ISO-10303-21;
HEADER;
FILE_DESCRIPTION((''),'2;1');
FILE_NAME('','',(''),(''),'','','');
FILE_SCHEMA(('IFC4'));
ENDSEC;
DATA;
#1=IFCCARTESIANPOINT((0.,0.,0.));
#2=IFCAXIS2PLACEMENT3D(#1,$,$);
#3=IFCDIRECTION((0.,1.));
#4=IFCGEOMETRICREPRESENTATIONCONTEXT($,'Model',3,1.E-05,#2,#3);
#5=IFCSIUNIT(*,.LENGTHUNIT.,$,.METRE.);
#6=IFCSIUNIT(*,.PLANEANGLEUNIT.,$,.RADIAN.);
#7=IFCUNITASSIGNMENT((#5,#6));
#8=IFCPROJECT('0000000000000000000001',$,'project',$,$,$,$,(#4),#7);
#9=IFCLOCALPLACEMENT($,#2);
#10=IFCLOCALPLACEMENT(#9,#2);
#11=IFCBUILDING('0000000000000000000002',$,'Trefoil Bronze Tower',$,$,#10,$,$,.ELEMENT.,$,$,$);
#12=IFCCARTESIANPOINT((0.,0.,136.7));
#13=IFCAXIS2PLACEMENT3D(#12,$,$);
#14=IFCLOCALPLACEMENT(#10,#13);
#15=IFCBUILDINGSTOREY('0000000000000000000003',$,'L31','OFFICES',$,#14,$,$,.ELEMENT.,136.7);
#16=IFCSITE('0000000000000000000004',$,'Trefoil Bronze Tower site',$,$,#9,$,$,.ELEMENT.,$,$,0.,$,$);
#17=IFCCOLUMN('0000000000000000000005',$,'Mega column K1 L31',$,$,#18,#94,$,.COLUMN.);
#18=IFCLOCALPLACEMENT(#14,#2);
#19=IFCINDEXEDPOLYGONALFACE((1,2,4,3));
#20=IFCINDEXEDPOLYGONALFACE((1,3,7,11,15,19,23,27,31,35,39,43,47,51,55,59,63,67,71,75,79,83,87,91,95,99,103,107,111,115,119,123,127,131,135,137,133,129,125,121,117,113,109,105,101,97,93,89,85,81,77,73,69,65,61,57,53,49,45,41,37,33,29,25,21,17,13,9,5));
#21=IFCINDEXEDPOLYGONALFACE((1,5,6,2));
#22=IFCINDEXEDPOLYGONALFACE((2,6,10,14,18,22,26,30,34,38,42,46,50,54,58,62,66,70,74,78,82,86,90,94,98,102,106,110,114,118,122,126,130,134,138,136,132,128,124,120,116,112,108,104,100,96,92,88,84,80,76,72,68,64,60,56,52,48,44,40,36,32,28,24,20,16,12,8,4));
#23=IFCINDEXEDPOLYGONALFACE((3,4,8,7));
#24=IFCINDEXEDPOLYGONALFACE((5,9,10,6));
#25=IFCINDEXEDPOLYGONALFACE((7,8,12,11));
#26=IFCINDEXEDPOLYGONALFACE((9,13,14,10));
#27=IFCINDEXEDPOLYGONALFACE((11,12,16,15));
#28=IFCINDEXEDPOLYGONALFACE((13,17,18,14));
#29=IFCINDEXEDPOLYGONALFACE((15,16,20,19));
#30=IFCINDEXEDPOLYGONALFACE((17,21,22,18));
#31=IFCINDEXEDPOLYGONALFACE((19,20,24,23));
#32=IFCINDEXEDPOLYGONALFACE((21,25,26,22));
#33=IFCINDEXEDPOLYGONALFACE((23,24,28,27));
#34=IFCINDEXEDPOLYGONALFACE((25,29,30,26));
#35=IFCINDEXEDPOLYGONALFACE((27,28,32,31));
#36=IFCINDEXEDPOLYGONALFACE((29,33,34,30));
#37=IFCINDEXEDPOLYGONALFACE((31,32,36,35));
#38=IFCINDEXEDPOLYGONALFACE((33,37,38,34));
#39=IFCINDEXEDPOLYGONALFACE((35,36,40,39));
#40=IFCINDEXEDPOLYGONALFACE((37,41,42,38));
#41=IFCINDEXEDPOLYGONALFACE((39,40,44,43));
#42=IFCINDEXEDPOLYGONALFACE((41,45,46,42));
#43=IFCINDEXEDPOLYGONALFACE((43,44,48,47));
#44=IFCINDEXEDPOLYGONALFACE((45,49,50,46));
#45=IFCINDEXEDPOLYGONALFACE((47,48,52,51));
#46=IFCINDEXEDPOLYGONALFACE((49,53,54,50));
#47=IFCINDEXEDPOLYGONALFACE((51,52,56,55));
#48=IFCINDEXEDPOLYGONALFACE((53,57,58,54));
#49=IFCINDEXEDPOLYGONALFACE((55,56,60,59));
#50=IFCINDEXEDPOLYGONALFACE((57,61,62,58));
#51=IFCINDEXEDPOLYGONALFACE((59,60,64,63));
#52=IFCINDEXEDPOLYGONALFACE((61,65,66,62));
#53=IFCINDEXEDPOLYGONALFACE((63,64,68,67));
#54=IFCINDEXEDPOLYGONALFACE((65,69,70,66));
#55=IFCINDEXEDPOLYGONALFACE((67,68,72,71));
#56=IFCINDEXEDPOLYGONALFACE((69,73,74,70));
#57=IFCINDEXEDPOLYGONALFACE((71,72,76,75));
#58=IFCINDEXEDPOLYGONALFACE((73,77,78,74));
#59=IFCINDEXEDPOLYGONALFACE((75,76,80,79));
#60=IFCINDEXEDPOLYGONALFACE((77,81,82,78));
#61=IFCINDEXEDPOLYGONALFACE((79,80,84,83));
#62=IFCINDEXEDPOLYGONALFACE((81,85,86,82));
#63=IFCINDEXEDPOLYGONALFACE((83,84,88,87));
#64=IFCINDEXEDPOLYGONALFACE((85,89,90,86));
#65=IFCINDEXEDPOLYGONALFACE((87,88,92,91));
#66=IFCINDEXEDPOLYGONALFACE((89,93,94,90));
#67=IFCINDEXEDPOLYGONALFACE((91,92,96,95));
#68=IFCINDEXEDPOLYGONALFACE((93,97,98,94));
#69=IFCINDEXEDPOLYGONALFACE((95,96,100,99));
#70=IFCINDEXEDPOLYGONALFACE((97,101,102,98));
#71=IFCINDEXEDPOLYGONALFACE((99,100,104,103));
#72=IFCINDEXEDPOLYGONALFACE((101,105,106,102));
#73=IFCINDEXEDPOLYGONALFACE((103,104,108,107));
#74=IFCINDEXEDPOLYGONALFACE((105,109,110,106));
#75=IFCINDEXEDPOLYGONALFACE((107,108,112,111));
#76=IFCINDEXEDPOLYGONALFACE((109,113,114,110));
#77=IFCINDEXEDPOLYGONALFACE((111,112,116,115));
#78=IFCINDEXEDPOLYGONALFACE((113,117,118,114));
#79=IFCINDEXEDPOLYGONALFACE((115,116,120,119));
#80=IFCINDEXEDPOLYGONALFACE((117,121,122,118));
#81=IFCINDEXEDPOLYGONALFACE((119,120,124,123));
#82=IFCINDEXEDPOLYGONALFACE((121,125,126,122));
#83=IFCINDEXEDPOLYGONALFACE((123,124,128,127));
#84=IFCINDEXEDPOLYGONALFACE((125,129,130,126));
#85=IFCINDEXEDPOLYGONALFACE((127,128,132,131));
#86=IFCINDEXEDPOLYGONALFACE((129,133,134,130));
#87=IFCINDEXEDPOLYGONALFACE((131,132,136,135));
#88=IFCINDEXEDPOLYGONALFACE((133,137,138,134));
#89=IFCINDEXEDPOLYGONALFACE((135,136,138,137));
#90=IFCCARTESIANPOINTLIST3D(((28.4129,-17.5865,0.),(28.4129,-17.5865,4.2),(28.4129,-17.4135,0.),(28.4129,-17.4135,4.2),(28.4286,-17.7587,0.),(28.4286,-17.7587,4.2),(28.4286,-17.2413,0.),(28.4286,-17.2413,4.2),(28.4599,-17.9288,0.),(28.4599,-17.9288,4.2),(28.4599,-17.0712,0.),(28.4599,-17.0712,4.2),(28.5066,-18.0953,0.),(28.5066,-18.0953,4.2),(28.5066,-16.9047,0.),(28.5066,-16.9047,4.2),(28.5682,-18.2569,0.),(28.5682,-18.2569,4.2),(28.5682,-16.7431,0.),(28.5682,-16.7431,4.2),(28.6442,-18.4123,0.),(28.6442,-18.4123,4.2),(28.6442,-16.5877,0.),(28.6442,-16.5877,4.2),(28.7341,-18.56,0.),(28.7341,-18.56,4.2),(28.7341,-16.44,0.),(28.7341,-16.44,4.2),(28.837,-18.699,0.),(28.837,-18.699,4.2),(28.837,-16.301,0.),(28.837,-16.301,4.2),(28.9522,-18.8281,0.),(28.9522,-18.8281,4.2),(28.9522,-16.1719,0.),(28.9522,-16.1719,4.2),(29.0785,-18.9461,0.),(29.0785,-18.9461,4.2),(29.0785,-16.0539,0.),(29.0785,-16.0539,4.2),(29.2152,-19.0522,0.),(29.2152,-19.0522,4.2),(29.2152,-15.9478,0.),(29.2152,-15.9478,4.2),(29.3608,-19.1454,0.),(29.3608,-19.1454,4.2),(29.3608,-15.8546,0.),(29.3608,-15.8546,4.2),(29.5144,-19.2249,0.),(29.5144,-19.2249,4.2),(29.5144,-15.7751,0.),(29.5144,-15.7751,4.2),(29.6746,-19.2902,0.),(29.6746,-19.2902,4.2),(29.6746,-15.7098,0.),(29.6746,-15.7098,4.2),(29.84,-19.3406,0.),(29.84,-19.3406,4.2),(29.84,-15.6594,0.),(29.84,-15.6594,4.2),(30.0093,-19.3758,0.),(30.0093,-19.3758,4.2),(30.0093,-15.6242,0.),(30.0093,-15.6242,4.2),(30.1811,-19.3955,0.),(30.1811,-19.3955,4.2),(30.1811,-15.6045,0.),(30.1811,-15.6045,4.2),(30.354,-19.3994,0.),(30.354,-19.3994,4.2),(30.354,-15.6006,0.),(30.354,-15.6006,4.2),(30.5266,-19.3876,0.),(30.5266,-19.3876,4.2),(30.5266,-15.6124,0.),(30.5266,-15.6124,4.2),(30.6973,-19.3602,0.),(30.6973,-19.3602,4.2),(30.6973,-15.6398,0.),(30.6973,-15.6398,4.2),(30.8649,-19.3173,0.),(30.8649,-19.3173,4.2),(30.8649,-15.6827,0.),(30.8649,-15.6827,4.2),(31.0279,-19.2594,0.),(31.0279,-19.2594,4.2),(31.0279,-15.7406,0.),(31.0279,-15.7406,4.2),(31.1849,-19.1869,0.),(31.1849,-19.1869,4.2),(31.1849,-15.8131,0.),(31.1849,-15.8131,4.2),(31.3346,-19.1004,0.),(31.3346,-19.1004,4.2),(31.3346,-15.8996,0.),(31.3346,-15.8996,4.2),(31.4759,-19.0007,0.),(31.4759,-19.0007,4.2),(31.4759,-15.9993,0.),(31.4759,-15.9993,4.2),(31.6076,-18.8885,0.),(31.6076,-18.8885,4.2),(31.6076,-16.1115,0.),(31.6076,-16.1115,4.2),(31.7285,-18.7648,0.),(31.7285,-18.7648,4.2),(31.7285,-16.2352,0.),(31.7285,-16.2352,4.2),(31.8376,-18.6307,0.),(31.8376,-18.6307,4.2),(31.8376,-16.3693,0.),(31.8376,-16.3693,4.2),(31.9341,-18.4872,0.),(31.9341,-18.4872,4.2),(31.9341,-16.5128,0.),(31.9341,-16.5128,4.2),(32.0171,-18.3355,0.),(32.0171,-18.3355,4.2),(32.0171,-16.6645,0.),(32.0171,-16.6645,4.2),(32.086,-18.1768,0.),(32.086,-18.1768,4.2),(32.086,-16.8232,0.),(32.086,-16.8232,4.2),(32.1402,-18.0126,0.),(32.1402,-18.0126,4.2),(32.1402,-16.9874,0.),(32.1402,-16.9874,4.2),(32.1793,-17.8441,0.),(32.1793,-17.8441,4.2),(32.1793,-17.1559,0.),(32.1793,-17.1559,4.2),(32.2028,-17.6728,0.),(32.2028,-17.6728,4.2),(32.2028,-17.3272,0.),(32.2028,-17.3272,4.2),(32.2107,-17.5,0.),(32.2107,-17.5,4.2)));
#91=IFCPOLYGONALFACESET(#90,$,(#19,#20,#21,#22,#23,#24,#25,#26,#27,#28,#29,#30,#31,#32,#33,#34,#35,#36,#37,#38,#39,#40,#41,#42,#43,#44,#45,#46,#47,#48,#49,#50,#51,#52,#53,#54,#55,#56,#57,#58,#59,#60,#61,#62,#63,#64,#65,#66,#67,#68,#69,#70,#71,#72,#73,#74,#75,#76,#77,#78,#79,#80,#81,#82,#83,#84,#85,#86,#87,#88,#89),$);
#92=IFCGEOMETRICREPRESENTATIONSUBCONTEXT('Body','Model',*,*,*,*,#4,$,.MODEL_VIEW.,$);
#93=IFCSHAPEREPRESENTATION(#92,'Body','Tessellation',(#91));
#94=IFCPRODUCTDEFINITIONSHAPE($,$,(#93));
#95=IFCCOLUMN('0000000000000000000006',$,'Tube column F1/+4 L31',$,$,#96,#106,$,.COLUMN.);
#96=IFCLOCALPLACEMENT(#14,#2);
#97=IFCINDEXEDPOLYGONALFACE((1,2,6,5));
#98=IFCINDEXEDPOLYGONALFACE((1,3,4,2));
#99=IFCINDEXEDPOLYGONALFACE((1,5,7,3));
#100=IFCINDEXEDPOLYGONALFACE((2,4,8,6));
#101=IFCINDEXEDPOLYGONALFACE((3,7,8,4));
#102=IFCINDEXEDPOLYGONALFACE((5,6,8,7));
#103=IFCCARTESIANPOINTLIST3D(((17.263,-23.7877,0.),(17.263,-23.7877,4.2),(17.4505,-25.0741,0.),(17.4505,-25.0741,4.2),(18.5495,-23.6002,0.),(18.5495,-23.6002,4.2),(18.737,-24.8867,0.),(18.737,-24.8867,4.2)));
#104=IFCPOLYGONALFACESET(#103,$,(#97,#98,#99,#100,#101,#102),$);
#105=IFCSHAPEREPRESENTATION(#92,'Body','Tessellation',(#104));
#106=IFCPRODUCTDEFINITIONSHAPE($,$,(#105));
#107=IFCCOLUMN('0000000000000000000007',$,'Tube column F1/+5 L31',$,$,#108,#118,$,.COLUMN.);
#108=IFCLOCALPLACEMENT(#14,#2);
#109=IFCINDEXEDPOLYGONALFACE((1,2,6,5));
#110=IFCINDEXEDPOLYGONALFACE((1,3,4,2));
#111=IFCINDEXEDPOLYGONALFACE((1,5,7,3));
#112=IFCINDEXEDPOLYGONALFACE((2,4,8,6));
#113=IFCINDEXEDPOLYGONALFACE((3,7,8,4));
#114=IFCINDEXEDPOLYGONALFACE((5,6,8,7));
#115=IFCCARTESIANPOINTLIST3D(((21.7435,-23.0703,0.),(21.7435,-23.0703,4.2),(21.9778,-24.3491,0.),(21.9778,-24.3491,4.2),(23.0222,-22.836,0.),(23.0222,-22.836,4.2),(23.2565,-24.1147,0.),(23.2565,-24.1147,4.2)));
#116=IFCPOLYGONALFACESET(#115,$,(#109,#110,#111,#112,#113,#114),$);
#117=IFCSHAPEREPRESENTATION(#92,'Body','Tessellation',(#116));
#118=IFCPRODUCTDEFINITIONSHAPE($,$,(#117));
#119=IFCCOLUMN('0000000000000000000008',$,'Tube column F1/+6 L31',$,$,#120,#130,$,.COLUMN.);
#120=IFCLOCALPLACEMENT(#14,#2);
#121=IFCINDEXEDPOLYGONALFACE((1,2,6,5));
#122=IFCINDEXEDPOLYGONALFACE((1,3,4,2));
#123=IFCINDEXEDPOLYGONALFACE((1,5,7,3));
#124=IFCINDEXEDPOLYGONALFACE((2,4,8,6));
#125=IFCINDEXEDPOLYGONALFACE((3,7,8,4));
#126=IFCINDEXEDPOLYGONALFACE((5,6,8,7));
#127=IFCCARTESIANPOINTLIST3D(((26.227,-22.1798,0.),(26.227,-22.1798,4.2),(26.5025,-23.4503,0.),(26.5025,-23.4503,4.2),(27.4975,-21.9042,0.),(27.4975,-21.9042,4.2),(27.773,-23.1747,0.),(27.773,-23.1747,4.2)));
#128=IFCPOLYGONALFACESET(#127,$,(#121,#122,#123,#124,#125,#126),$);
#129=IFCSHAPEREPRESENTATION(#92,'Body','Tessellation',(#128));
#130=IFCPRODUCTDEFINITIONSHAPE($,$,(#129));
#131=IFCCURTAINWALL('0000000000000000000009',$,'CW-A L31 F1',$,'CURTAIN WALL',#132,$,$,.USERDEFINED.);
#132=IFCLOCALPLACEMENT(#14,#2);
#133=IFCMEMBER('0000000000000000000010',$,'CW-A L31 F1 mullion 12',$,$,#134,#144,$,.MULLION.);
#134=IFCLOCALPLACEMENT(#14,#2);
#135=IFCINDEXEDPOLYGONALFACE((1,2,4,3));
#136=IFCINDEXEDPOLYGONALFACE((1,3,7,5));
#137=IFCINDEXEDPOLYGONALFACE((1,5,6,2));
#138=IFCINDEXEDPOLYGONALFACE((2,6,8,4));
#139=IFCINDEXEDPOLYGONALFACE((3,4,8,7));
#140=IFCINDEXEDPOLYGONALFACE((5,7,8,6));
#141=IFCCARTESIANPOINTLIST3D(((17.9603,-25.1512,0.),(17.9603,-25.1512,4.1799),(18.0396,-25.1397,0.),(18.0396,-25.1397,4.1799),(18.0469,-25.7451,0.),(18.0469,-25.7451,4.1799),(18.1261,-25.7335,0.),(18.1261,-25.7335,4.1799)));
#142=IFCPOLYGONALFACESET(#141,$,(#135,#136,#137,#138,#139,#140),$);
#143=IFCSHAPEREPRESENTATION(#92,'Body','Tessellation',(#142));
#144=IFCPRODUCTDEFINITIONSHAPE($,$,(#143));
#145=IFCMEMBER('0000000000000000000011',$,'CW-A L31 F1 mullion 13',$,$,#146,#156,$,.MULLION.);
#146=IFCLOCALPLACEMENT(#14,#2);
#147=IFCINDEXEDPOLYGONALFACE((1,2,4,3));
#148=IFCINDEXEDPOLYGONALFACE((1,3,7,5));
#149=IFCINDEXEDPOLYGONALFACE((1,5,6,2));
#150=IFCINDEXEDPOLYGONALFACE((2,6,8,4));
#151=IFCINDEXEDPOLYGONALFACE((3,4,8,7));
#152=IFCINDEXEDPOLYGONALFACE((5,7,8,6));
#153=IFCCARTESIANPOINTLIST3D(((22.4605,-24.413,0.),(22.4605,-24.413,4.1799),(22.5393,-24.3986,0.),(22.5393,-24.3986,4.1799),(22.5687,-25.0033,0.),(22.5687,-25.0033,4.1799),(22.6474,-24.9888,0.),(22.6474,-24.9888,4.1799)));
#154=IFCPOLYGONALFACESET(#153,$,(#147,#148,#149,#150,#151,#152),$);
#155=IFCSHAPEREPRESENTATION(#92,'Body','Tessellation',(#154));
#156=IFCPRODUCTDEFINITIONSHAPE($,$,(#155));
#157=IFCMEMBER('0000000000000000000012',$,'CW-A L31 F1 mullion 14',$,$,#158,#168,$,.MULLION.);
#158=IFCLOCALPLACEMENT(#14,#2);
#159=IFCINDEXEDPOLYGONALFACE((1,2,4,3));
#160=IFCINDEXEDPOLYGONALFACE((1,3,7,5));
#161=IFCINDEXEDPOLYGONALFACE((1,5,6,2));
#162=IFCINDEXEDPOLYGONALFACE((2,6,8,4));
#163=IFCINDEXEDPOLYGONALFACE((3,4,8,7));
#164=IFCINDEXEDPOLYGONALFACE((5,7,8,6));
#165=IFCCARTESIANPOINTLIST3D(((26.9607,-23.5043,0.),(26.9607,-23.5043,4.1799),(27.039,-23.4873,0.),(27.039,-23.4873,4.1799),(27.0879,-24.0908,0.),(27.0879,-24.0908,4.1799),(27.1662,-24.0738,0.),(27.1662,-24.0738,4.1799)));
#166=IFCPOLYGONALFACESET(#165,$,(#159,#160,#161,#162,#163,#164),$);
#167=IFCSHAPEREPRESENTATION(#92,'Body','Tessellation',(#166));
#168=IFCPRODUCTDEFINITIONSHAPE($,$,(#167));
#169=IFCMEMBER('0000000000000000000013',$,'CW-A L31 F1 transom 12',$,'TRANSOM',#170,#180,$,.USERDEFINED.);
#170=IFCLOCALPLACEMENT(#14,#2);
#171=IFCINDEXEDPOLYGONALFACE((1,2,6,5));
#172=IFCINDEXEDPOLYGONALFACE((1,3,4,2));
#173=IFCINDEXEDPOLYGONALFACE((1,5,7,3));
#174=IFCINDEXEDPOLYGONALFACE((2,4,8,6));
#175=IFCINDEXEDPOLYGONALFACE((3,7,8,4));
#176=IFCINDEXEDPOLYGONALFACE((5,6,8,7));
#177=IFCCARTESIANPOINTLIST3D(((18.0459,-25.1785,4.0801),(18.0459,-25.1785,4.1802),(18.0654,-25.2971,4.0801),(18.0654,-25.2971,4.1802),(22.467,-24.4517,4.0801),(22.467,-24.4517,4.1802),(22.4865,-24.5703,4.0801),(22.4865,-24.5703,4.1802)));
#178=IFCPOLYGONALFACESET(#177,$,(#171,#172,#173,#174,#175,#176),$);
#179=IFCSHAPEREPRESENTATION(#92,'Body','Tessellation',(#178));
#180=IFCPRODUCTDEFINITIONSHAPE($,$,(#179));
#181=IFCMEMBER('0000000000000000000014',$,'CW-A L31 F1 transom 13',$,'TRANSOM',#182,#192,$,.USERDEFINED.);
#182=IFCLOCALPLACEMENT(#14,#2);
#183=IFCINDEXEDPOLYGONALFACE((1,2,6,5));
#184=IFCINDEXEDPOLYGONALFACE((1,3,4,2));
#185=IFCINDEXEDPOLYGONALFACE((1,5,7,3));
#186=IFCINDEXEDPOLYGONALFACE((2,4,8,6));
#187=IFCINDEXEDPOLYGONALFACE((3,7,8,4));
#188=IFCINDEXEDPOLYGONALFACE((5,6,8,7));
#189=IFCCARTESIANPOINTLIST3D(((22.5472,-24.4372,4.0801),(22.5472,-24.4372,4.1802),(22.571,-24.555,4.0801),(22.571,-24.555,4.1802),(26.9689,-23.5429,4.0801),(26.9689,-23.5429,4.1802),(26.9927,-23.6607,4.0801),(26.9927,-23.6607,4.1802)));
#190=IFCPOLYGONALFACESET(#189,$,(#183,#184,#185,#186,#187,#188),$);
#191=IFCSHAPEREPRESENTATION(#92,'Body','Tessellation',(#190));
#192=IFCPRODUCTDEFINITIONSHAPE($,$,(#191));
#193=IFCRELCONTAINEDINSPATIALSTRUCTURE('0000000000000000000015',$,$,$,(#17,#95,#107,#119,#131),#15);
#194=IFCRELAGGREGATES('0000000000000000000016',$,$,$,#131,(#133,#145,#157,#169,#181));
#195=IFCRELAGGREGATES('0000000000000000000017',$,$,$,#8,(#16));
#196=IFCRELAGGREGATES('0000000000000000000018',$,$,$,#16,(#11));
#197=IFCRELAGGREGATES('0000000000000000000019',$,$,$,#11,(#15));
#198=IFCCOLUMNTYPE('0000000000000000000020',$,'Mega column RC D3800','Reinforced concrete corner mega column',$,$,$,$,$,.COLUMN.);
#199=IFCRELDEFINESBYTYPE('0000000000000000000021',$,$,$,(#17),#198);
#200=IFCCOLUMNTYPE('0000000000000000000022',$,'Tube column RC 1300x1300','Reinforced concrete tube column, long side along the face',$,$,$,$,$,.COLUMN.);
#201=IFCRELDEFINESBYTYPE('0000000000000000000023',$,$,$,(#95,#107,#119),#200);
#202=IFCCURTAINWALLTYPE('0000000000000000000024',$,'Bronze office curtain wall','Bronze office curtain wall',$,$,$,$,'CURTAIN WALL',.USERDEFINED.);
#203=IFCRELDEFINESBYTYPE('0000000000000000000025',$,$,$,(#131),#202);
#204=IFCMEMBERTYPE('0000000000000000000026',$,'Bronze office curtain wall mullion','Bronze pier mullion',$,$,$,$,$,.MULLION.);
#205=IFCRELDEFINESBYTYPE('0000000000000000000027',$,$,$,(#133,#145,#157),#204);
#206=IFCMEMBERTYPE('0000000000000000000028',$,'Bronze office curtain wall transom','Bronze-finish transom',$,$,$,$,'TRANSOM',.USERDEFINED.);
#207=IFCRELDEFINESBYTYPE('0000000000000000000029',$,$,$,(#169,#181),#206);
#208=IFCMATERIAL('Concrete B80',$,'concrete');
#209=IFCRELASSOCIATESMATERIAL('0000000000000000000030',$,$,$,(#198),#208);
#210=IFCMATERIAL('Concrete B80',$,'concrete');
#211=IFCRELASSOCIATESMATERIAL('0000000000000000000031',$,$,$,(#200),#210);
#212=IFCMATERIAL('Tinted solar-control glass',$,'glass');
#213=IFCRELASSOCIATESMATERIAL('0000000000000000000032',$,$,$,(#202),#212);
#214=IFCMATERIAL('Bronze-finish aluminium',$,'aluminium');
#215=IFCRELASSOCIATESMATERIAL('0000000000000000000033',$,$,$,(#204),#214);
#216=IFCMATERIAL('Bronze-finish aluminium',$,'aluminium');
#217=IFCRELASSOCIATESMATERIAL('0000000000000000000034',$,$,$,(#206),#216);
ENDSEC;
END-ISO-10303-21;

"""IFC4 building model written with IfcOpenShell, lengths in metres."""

from ifc_helpers import new_model, si_unit, direction, frame, origin, origin_2d, place, context, subcontext, project, spatial, rectangle, circle, extrude, material, material_profile, profile_set, type_object, element, aggregate, save


model = new_model("IFC4")

# Units and contexts
model_context = context("Model", 3, precision=1e-05, world=origin(), true_north=direction((0.0, 1.0)))
body_context = subcontext(model_context, "Body", "Model", "MODEL_VIEW")
ifc_project = project(units=[si_unit("LENGTHUNIT", "METRE"), si_unit("PLANEANGLEUNIT", "RADIAN")], contexts=[model_context])

# Site, building, storey
site_placement = place(None, origin())
site = spatial("IfcSite", under=ifc_project, at=site_placement, Name="Trefoil Bronze Tower site", CompositionType="ELEMENT", RefElevation=0.0)
building_placement = place(site_placement, origin())
building = spatial("IfcBuilding", under=site, at=building_placement, Name="Trefoil Bronze Tower", CompositionType="ELEMENT")
storey_placement = place(building_placement, frame((0.0, 0.0, 136.7)))
storey = spatial("IfcBuildingStorey", under=building, at=storey_placement, Name="L31", Description="OFFICES", CompositionType="ELEMENT", Elevation=136.7)

# Columns
ifc_material_1 = material(Name="Concrete B80", Category="concrete")
ifc_material_profile_1 = material_profile(ifc_material_1, circle(Radius=1.8999, at=origin_2d()), Name="RC D3800")
ifc_profile_set_1 = profile_set([ifc_material_profile_1], Name="Concrete B80")
column_type_1 = type_object("IfcColumnType", Name="Mega column RC D3800", Description="Reinforced concrete corner mega column", PredefinedType="COLUMN", material=ifc_profile_set_1)
column_placement = place(storey_placement, frame((30.3108, -17.5, 0.0), z_axis=(0.0, 0.0, 1.0), x_axis=(1.0, 0.0, 0.0)))
element("IfcColumn", 1, at=column_placement, inside=storey, type_object=column_type_1, Name="Mega column K1 L31", PredefinedType="COLUMN", context=body_context, shape_type="SweptSolid", body=[
    extrude(circle(Radius=1.8999, at=origin_2d()), origin(), (0.0, 0.0, 1.0), 4.2),
])
ifc_material_2 = material(Name="Concrete B80", Category="concrete")
ifc_material_profile_2 = material_profile(ifc_material_2, rectangle(XDim=1.3, YDim=1.3, at=origin_2d()), Name="RC 1300x1300")
ifc_profile_set_2 = profile_set([ifc_material_profile_2], Name="Concrete B80")
column_type_2 = type_object("IfcColumnType", Name="Tube column RC 1300x1300", Description="Reinforced concrete tube column, long side along the face", PredefinedType="COLUMN", material=ifc_profile_set_2)
for number, where, z_axis, x_axis, name in (
    (2, (18.0, -24.3372, 0.0), (0.0, 0.0, 1.0), (0.98955, 0.144192, 0.0), "Tube column F1/+4 L31"),
    (3, (22.5, -23.5925, 0.0), (0.0, 0.0, 1.0), (0.983623, 0.180241, 0.0), "Tube column F1/+5 L31"),
    (4, (27.0, -22.6772, 0.0), (0.0, 0.0, 1.0), (0.977276, 0.21197, 0.0), "Tube column F1/+6 L31"),
):
    element("IfcColumn", number, at=place(storey_placement, frame(where, z_axis=z_axis, x_axis=x_axis)), inside=storey, type_object=column_type_2, Name=name, PredefinedType="COLUMN", context=body_context, shape_type="SweptSolid", body=[
        extrude(rectangle(XDim=1.3, YDim=1.3, at=origin_2d()), origin(), (0.0, 0.0, 1.0), 4.2),
    ])

# Curtain wall, members
ifc_material_3 = material(Name="Tinted solar-control glass", Category="glass")
curtain_wall_type_1 = type_object("IfcCurtainWallType", Name="Bronze office curtain wall", Description="Bronze office curtain wall", ElementType="CURTAIN WALL", PredefinedType="USERDEFINED", material=ifc_material_3)
curtain_wall_1_placement = place(storey_placement, origin())
curtain_wall_1 = element("IfcCurtainWall", 5, at=curtain_wall_1_placement, inside=storey, type_object=curtain_wall_type_1, Name="CW-A L31 F1", ObjectType="CURTAIN WALL", PredefinedType="USERDEFINED")
ifc_material_4 = material(Name="Bronze-finish aluminium", Category="aluminium")
ifc_material_profile_3 = material_profile(ifc_material_4, rectangle(XDim=0.6001, YDim=0.0801, at=origin_2d()), Name="CW-A mullion")
ifc_profile_set_3 = profile_set([ifc_material_profile_3], Name="Bronze-finish aluminium")
member_type_1 = type_object("IfcMemberType", Name="Bronze office curtain wall mullion", Description="Bronze pier mullion", PredefinedType="MULLION", material=ifc_profile_set_3)
member_1_placement = place(storey_placement, frame((18.0432, -25.4424, 0.0), z_axis=(0.0, 0.0, 1.0), x_axis=(-0.144192, 0.98955, 0.0)))
member_1 = element("IfcMember", 6, at=member_1_placement, type_object=member_type_1, Name="CW-A L31 F1 mullion 12", PredefinedType="MULLION", context=body_context, shape_type="SweptSolid", body=[
    extrude(rectangle(XDim=0.6001, YDim=0.0801, at=origin_2d()), origin(), (0.0, 0.0, 1.0), 4.1799),
])
member_2_placement = place(storey_placement, frame((22.554, -24.7009, 0.0), z_axis=(0.0, 0.0, 1.0), x_axis=(-0.180241, 0.983623, 0.0)))
member_2 = element("IfcMember", 7, at=member_2_placement, type_object=member_type_1, Name="CW-A L31 F1 mullion 13", PredefinedType="MULLION", context=body_context, shape_type="SweptSolid", body=[
    extrude(rectangle(XDim=0.6001, YDim=0.0801, at=origin_2d()), origin(), (0.0, 0.0, 1.0), 4.1799),
])
member_3_placement = place(storey_placement, frame((27.0635, -23.7891, 0.0), z_axis=(0.0, 0.0, 1.0), x_axis=(-0.21197, 0.977276, 0.0)))
member_3 = element("IfcMember", 8, at=member_3_placement, type_object=member_type_1, Name="CW-A L31 F1 mullion 14", PredefinedType="MULLION", context=body_context, shape_type="SweptSolid", body=[
    extrude(rectangle(XDim=0.6001, YDim=0.0801, at=origin_2d()), origin(), (0.0, 0.0, 1.0), 4.1799),
])
ifc_material_5 = material(Name="Bronze-finish aluminium", Category="aluminium")
ifc_material_profile_4 = material_profile(ifc_material_5, rectangle(XDim=0.1201, YDim=0.1001, at=origin_2d()), Name="CW-A transom")
ifc_profile_set_4 = profile_set([ifc_material_profile_4], Name="Bronze-finish aluminium")
member_type_2 = type_object("IfcMemberType", Name="Bronze office curtain wall transom", Description="Bronze-finish transom", ElementType="TRANSOM", PredefinedType="USERDEFINED", material=ifc_profile_set_4)
member_4_placement = place(storey_placement, frame((18.0557, -25.2378, 4.1301), z_axis=(0.986755, 0.162216, 0.0), x_axis=(-0.162216, 0.986755, 0.0)))
member_4 = element("IfcMember", 9, at=member_4_placement, type_object=member_type_2, Name="CW-A L31 F1 transom 12", ObjectType="TRANSOM", PredefinedType="USERDEFINED", context=body_context, shape_type="SweptSolid", body=[
    extrude(rectangle(XDim=0.1201, YDim=0.1001, at=origin_2d()), origin(), (0.0, 0.0, 1.0), 4.4805),
])
member_5_placement = place(storey_placement, frame((22.5591, -24.4961, 4.1301), z_axis=(0.980154, 0.198239, 0.0), x_axis=(-0.198239, 0.980154, 0.0)))
member_5 = element("IfcMember", 10, at=member_5_placement, type_object=member_type_2, Name="CW-A L31 F1 transom 13", ObjectType="TRANSOM", PredefinedType="USERDEFINED", context=body_context, shape_type="SweptSolid", body=[
    extrude(rectangle(XDim=0.1201, YDim=0.1001, at=origin_2d()), origin(), (0.0, 0.0, 1.0), 4.5112),
])

aggregate(curtain_wall_1, [member_1, member_2, member_3, member_4, member_5])

save(model, "model.ifc")
